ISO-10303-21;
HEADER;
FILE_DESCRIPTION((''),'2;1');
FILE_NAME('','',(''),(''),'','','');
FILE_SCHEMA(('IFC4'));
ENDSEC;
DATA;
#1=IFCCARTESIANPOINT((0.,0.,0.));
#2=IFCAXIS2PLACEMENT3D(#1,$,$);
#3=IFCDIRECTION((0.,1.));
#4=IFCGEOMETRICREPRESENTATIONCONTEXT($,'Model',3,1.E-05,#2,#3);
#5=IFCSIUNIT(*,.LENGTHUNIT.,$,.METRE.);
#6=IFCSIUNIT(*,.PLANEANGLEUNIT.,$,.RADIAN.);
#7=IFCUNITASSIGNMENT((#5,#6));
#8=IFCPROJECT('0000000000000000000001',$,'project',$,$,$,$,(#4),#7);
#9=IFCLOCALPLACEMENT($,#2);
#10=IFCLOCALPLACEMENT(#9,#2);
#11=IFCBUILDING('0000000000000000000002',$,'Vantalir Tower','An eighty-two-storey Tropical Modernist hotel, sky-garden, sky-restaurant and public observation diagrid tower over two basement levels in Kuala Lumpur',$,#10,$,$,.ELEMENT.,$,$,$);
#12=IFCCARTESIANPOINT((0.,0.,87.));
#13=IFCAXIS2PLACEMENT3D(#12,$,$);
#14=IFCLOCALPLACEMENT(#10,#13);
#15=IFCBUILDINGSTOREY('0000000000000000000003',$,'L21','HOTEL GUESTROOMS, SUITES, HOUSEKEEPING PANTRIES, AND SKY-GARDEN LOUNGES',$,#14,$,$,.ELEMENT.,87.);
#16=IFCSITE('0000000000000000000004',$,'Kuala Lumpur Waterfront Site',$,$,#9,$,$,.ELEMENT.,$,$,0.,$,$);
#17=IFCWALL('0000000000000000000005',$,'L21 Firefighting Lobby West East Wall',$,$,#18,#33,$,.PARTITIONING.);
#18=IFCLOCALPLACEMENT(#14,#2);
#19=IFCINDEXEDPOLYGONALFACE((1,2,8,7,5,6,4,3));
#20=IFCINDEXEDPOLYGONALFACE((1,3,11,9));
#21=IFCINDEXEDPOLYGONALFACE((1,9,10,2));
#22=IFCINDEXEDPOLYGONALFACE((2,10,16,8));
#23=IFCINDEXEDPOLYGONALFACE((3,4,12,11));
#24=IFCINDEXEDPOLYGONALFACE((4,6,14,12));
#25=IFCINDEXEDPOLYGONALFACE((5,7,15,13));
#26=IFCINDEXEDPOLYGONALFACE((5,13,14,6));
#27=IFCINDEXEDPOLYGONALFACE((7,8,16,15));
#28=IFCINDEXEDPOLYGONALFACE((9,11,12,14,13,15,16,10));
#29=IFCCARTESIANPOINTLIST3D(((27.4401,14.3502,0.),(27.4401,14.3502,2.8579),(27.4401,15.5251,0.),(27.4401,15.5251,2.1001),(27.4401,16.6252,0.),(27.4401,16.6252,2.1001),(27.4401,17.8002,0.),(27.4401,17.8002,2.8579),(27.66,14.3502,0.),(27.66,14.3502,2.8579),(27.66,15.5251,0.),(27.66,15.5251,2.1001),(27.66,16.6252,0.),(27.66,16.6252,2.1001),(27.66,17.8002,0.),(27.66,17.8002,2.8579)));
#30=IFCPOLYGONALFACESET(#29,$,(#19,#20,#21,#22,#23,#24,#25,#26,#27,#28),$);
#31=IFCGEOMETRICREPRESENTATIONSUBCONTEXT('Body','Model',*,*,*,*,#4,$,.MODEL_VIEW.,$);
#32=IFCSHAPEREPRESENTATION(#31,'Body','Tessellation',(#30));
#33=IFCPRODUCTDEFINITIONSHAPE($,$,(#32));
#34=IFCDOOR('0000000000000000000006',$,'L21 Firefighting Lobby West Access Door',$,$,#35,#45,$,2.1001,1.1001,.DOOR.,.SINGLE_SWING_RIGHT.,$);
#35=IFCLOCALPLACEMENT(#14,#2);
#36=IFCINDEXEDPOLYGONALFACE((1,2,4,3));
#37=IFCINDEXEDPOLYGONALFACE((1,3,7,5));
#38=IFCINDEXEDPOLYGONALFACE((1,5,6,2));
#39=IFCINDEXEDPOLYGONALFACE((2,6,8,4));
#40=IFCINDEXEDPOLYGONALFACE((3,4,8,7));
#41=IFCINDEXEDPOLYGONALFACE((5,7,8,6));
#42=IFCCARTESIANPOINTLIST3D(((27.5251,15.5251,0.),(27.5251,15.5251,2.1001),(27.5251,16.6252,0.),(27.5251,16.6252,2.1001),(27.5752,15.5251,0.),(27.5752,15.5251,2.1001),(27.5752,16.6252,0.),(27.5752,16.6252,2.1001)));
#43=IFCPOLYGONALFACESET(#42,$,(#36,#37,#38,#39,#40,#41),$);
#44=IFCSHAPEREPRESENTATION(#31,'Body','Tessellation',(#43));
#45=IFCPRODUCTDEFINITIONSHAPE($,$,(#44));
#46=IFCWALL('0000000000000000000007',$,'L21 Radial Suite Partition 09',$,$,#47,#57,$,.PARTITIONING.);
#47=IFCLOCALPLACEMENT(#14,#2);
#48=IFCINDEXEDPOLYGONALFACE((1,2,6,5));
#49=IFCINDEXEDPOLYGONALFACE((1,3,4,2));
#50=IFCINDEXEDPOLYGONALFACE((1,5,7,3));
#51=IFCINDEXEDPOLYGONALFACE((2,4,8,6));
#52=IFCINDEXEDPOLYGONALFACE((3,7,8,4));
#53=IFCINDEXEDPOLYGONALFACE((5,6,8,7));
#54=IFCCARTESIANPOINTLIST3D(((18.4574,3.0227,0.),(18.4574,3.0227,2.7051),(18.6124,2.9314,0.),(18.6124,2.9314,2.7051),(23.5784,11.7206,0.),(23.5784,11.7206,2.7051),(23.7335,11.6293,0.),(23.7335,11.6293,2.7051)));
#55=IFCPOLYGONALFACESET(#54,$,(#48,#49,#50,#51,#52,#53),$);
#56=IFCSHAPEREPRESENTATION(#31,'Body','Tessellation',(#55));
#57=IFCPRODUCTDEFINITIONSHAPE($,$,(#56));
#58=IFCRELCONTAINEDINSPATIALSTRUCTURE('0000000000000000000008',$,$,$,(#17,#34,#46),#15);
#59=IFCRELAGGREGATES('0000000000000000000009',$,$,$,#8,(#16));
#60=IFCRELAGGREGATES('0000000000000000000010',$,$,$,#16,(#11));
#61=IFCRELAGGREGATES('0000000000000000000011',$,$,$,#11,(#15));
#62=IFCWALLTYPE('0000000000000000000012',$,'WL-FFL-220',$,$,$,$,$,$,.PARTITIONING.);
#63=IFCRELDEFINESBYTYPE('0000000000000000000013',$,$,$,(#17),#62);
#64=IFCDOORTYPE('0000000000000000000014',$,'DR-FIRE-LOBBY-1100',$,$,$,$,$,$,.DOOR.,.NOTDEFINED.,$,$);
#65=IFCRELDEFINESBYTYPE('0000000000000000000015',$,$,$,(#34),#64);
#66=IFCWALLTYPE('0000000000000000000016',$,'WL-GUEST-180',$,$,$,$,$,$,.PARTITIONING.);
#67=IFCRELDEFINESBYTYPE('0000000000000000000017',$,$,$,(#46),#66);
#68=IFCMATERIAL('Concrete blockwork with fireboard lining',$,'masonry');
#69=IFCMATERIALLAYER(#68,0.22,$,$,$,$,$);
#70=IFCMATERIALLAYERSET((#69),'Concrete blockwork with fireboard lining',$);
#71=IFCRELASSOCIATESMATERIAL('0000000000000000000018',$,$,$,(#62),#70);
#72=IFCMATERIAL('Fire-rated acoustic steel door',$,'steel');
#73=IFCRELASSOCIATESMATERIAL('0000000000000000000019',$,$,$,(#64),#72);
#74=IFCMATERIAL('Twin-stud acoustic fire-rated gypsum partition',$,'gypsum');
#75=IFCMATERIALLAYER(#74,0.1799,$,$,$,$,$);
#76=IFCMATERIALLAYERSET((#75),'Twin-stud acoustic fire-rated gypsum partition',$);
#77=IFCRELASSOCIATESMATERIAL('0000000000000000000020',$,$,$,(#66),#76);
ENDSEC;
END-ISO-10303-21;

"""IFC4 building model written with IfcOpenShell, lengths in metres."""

from ifc_helpers import new_model, si_unit, direction, frame, frame_2d, origin, place, context, subcontext, project, spatial, rectangle, extrude, material, layer, layer_set, type_object, element, fill, save


model = new_model("IFC4")

# Units and contexts
model_context = context("Model", 3, precision=1e-05, world=origin(), true_north=direction((0.0, 1.0)))
body_context = subcontext(model_context, "Body", "Model", "MODEL_VIEW")
ifc_project = project(units=[si_unit("LENGTHUNIT", "METRE"), si_unit("PLANEANGLEUNIT", "RADIAN")], contexts=[model_context])

# Site, building, storey
site_placement = place(None, origin())
site = spatial("IfcSite", under=ifc_project, at=site_placement, Name="Kuala Lumpur Waterfront Site", CompositionType="ELEMENT", RefElevation=0.0)
building_placement = place(site_placement, origin())
building = spatial("IfcBuilding", under=site, at=building_placement, Name="Vantalir Tower", Description="An eighty-two-storey Tropical Modernist hotel, sky-garden, sky-restaurant and public observation diagrid tower over two basement levels in Kuala Lumpur", CompositionType="ELEMENT")
storey_placement = place(building_placement, frame((0.0, 0.0, 87.0)))
storey = spatial("IfcBuildingStorey", under=building, at=storey_placement, Name="L21", Description="HOTEL GUESTROOMS, SUITES, HOUSEKEEPING PANTRIES, AND SKY-GARDEN LOUNGES", CompositionType="ELEMENT", Elevation=87.0)

# Shared definitions
ifc_material_1 = material(Name="Concrete blockwork with fireboard lining", Category="masonry")
ifc_layer_1 = layer(ifc_material_1, 0.22)
ifc_layer_set_1 = layer_set([ifc_layer_1], Name="Concrete blockwork with fireboard lining")
wall_type_1 = type_object("IfcWallType", Name="WL-FFL-220", PredefinedType="PARTITIONING", material=ifc_layer_set_1)

# Wall, opening, door
wall_1_placement = place(storey_placement, frame((27.55, 14.3501, 0.0), z_axis=(0.0, 0.0, 1.0), x_axis=(0.0, 1.0, 0.0)))
wall_1 = element("IfcWall", 1, at=wall_1_placement, inside=storey, type_object=wall_type_1, Name="L21 Firefighting Lobby West East Wall", PredefinedType="PARTITIONING", context=body_context, shape_type="SweptSolid", body=[
    extrude(rectangle(XDim=3.45, YDim=0.22, at=frame_2d((1.7251, 0.0))), origin(), (0.0, 0.0, 1.0), 2.8579),
])
opening_1_placement = place(wall_1_placement, frame((1.175, 0.0, 0.0)))
opening_1 = element("IfcOpeningElement", 2, at=opening_1_placement, cuts=wall_1, PredefinedType="OPENING", context=body_context, shape_type="SweptSolid", body=[
    extrude(rectangle(XDim=1.1001, YDim=2.1001, at=frame_2d((0.55, 1.05))), frame((0.0, 0.1199, 0.0), z_axis=(0.0, -1.0, 0.0), x_axis=(1.0, 0.0, 0.0)), (0.0, 0.0, 1.0), 0.24),
])
ifc_material_2 = material(Name="Fire-rated acoustic steel door", Category="steel")
door_type_1 = type_object("IfcDoorType", Name="DR-FIRE-LOBBY-1100", OperationType="NOTDEFINED", PredefinedType="DOOR", material=ifc_material_2)
door_1_placement = place(opening_1_placement, origin())
door_1 = element("IfcDoor", 3, at=door_1_placement, inside=storey, type_object=door_type_1, Name="L21 Firefighting Lobby West Access Door", OperationType="SINGLE_SWING_RIGHT", OverallHeight=2.1001, OverallWidth=1.1001, PredefinedType="DOOR", context=body_context, shape_type="SweptSolid", body=[
    extrude(rectangle(XDim=1.1001, YDim=2.1001, at=frame_2d((0.55, 1.05))), frame((0.0, 0.0249, 0.0), z_axis=(0.0, -1.0, 0.0), x_axis=(1.0, 0.0, 0.0)), (0.0, 0.0, 1.0), 0.05),
])
fill(opening_1, door_1)

# Wall
ifc_material_3 = material(Name="Twin-stud acoustic fire-rated gypsum partition", Category="gypsum")
ifc_layer_2 = layer(ifc_material_3, 0.1799)
ifc_layer_set_2 = layer_set([ifc_layer_2], Name="Twin-stud acoustic fire-rated gypsum partition")
wall_type_2 = type_object("IfcWallType", Name="WL-GUEST-180", PredefinedType="PARTITIONING", material=ifc_layer_set_2)
wall_2_placement = place(storey_placement, frame((23.656, 11.675, 0.0), z_axis=(0.0, 0.0, 1.0), x_axis=(-0.50736, -0.861734, 0.0)))
element("IfcWall", 4, at=wall_2_placement, inside=storey, type_object=wall_type_2, Name="L21 Radial Suite Partition 09", PredefinedType="PARTITIONING", context=body_context, shape_type="SweptSolid", body=[
    extrude(rectangle(XDim=10.0935, YDim=0.1799, at=frame_2d((5.0469, 0.0))), origin(), (0.0, 0.0, 1.0), 2.7051),
])

save(model, "model.ifc")
